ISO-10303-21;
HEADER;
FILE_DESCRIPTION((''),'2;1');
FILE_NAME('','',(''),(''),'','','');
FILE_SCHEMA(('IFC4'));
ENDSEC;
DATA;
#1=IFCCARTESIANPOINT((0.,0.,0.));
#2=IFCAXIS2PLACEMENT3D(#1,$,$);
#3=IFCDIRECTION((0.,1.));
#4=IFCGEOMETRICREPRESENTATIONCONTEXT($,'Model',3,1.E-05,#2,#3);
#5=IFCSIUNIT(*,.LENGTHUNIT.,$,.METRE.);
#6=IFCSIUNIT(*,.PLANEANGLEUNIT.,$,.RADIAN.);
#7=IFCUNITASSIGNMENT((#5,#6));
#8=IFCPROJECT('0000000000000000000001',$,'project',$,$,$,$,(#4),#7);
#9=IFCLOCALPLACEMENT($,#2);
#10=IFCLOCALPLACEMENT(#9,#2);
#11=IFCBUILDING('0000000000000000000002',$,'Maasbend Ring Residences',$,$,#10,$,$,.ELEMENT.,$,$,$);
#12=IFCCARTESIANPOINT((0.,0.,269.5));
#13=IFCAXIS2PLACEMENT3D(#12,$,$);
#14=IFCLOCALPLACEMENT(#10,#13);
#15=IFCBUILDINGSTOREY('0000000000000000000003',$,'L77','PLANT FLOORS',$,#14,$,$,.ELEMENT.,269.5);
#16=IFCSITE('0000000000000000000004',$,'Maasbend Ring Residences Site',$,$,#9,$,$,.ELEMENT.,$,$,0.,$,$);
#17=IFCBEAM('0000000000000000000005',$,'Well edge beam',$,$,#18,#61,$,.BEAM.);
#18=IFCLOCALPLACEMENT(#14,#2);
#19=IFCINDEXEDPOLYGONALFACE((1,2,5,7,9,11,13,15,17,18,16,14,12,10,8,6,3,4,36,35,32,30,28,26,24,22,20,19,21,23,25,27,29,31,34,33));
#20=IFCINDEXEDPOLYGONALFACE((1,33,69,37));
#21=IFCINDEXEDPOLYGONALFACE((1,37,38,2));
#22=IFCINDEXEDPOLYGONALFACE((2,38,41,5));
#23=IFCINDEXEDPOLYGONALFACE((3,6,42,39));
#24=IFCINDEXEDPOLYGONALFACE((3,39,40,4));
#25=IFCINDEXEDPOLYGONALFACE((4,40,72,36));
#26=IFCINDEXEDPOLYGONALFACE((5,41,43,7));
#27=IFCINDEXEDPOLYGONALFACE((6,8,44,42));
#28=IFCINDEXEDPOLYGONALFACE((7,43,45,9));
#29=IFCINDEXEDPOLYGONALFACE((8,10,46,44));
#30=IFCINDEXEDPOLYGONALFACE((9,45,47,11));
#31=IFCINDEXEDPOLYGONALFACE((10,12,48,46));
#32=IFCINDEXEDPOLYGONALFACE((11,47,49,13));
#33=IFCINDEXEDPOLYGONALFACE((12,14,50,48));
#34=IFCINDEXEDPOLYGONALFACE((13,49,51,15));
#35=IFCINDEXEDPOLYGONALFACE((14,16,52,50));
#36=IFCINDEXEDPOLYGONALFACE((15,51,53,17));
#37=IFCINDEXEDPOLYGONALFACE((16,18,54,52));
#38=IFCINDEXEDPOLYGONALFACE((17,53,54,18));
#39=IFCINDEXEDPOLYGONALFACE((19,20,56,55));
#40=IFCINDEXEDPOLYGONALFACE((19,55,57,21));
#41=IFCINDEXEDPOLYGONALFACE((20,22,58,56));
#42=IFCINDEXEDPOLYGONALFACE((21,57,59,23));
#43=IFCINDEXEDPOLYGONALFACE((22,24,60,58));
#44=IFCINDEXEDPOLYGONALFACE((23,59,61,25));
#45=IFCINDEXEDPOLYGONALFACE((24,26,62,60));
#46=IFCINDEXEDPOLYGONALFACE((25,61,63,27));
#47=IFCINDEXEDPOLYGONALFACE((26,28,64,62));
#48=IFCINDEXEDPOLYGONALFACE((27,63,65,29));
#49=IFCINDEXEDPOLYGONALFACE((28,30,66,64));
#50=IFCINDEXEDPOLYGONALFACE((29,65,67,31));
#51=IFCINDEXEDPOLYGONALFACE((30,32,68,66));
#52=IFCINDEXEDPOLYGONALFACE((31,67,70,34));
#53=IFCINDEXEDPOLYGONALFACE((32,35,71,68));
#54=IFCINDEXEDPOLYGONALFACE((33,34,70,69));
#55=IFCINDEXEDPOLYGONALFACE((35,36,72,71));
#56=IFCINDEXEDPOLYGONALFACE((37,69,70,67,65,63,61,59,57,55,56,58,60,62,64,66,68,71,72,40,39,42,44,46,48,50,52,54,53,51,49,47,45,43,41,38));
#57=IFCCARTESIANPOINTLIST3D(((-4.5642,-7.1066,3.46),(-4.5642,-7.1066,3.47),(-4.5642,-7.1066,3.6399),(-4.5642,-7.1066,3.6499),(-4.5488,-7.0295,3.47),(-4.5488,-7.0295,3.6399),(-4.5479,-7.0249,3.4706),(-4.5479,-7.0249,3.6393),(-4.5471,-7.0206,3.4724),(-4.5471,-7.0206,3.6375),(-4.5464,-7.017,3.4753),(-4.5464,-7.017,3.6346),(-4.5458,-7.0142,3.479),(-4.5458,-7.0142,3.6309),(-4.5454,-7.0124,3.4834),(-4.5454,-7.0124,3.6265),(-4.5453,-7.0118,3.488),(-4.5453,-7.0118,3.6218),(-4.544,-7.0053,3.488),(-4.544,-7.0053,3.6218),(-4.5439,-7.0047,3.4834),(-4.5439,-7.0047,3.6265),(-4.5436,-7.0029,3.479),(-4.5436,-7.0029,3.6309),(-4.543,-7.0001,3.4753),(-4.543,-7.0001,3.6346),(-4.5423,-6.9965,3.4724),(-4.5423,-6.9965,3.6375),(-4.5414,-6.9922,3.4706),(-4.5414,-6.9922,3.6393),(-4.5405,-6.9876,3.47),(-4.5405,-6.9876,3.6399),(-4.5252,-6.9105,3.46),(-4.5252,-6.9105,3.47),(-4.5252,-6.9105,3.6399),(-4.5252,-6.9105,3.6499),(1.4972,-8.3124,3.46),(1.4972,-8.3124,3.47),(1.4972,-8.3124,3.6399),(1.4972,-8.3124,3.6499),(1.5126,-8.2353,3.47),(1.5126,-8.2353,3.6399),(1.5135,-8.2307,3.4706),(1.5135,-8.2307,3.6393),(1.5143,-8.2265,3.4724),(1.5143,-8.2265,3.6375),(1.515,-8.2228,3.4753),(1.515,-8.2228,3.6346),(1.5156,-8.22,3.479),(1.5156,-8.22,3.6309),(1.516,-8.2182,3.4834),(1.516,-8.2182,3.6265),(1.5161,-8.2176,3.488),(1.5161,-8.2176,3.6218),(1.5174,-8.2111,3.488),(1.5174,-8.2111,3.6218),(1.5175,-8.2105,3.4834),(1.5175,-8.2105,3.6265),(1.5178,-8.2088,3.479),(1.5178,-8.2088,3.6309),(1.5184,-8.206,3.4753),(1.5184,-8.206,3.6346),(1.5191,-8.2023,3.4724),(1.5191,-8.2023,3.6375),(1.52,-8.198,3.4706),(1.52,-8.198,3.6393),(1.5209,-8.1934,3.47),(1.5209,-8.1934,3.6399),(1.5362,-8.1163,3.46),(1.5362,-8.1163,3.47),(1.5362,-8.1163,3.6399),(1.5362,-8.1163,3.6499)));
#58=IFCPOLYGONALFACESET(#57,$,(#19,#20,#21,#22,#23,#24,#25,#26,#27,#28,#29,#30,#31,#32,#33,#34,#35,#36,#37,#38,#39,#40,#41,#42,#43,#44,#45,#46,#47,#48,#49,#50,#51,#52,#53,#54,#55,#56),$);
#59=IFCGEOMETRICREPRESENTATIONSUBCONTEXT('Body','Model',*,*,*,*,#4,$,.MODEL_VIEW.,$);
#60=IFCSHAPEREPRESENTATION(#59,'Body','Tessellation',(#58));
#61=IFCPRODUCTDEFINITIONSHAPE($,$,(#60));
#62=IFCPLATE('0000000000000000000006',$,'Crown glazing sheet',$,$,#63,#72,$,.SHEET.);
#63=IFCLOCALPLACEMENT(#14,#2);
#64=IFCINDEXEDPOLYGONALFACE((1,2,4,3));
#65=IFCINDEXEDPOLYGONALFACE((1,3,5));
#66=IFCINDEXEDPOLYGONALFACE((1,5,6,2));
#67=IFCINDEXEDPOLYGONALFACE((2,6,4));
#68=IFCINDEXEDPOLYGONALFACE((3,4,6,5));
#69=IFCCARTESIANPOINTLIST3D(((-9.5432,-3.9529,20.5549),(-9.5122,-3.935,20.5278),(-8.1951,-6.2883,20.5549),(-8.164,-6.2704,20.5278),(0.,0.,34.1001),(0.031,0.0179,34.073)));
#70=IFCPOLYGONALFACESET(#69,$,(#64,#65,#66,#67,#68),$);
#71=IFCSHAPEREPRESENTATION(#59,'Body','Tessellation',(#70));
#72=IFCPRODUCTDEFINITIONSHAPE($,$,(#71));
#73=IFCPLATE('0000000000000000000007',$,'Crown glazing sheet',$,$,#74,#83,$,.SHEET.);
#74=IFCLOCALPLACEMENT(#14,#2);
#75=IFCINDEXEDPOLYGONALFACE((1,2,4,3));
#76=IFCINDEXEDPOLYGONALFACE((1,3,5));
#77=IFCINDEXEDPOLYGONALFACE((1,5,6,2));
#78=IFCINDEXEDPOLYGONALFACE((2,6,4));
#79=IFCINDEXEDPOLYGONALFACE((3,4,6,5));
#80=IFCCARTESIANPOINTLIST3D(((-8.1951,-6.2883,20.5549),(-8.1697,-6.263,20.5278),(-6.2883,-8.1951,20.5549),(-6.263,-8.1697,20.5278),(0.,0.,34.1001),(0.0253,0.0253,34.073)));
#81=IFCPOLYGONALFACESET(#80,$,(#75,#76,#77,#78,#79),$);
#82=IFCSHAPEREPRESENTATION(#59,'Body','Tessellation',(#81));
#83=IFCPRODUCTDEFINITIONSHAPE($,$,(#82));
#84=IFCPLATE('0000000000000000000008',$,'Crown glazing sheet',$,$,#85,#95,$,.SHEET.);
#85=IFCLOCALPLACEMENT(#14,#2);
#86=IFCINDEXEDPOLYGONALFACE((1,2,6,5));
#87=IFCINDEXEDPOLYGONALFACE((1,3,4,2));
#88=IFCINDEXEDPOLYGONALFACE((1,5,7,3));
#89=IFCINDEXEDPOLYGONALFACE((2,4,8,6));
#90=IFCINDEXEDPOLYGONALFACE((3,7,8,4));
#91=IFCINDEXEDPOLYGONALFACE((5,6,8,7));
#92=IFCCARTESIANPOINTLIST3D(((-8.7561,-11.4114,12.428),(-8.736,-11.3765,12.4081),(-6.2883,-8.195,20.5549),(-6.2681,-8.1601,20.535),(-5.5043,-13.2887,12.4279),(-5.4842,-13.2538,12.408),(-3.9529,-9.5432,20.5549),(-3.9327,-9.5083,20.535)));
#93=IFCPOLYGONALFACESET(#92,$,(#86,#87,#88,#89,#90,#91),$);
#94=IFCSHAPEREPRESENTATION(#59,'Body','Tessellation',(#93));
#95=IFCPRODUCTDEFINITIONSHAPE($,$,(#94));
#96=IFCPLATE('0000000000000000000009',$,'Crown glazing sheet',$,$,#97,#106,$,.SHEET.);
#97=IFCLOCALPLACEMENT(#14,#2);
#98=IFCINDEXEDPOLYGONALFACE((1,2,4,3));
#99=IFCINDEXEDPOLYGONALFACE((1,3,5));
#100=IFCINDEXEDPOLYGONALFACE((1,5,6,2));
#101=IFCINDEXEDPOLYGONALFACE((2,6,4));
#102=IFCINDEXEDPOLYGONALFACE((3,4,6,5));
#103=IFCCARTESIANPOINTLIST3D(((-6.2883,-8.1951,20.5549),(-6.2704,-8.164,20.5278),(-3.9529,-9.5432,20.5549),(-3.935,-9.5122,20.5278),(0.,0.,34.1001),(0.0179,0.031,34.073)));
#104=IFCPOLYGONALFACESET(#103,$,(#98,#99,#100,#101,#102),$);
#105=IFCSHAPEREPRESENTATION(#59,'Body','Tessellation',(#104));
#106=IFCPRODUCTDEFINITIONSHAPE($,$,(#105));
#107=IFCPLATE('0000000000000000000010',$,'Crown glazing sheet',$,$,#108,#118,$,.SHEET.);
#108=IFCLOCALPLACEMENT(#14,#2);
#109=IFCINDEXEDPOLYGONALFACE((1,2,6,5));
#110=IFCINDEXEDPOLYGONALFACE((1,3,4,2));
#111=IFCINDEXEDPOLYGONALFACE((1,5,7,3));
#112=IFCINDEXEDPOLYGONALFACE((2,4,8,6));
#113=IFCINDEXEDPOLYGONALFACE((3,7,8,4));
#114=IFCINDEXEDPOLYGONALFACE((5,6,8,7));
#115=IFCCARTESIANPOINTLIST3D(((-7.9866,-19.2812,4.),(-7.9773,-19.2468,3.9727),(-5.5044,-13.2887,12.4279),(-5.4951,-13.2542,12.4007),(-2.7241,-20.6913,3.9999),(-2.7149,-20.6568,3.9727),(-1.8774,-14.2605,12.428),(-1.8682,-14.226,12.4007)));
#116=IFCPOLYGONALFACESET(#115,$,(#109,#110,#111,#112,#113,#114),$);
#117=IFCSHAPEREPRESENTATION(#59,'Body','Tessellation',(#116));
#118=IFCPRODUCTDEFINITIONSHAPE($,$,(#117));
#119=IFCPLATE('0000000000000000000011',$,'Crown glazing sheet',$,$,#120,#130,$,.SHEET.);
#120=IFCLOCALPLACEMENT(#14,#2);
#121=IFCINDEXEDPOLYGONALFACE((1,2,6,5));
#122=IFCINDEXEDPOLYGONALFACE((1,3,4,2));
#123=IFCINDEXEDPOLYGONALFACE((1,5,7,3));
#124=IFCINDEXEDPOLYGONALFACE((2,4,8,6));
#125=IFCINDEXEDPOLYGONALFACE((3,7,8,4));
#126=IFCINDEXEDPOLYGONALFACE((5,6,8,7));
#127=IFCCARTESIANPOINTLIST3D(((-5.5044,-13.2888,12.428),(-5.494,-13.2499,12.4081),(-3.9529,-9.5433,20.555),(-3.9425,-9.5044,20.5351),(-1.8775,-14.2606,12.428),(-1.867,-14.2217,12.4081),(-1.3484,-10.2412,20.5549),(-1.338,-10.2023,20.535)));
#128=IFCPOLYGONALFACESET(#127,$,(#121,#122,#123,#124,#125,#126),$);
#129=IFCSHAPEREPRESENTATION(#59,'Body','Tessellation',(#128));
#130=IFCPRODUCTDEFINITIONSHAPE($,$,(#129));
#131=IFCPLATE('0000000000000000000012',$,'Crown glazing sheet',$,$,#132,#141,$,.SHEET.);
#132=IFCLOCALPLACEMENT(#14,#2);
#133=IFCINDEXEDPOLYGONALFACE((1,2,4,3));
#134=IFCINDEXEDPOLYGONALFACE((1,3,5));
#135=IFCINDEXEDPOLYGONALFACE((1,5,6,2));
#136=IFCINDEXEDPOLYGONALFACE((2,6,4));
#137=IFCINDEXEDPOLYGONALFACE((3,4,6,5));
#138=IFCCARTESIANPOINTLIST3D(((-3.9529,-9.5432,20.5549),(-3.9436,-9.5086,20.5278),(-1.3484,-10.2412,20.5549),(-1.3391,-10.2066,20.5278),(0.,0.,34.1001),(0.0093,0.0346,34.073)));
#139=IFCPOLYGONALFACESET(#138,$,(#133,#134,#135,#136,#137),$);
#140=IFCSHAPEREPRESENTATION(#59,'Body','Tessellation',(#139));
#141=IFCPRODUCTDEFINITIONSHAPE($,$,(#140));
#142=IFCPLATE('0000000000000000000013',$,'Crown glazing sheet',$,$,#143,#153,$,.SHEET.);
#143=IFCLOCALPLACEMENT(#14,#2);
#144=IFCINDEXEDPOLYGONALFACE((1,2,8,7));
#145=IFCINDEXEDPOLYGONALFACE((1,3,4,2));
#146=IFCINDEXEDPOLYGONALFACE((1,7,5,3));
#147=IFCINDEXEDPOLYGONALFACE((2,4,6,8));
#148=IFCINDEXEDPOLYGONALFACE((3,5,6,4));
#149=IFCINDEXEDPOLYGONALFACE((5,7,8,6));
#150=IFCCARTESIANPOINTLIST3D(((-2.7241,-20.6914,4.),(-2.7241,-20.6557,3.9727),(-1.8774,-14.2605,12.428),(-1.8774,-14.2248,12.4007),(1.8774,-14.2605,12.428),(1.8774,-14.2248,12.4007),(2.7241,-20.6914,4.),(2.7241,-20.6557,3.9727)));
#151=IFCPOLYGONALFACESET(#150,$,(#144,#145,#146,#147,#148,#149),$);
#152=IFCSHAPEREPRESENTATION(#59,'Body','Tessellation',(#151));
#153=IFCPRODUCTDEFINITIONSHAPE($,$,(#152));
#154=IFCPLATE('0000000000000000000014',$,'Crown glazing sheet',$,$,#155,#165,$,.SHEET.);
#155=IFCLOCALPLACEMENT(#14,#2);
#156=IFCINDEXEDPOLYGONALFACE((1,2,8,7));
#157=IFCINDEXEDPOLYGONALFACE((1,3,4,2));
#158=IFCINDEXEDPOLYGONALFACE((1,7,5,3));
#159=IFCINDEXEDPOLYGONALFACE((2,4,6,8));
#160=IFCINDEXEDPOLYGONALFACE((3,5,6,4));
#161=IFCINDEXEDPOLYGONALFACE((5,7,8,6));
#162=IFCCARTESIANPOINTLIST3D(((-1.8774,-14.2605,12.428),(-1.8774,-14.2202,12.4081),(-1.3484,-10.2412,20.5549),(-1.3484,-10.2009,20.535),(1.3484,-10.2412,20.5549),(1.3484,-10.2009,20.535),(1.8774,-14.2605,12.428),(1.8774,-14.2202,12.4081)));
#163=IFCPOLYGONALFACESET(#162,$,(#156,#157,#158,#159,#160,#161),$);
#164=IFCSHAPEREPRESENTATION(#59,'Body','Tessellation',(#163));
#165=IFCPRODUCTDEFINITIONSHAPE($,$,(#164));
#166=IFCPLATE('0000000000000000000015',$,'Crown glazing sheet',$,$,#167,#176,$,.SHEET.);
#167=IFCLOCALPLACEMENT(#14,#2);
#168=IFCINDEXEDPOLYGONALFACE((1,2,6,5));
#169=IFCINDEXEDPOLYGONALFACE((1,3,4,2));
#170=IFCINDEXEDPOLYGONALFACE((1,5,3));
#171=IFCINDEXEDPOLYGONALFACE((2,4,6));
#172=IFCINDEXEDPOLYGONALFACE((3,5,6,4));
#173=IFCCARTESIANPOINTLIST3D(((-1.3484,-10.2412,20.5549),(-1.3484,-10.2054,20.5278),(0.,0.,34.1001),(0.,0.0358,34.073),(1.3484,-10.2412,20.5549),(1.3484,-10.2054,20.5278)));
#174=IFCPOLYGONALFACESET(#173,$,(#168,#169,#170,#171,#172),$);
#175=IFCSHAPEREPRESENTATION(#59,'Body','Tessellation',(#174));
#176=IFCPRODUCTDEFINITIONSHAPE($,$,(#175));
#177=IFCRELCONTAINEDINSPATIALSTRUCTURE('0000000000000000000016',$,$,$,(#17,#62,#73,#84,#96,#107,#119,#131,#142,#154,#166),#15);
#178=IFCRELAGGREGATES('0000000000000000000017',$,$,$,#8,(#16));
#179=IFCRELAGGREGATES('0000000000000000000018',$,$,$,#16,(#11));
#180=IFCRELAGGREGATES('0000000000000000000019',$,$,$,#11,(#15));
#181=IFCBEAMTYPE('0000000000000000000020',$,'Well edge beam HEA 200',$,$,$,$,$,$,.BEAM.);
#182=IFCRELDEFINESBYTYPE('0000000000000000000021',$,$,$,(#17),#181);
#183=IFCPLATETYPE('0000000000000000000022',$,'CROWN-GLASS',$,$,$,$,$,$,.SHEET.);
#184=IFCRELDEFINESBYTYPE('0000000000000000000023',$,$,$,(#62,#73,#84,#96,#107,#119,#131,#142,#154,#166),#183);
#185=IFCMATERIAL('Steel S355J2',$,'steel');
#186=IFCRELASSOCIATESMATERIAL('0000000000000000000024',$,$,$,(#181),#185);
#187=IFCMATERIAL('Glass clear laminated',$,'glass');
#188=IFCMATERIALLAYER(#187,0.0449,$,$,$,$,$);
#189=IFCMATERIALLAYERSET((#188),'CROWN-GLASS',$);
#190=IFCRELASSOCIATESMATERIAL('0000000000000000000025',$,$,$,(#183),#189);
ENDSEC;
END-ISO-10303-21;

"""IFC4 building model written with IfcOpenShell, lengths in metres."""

from ifc_helpers import new_model, si_unit, direction, frame, origin, origin_2d, place, context, subcontext, project, spatial, polyline, i_section, outline, extrude, material, layer, layer_set, material_profile, profile_set, type_object, element, save


model = new_model("IFC4")

# Units and contexts
model_context = context("Model", 3, precision=1e-05, world=origin(), true_north=direction((0.0, 1.0)))
body_context = subcontext(model_context, "Body", "Model", "MODEL_VIEW")
ifc_project = project(units=[si_unit("LENGTHUNIT", "METRE"), si_unit("PLANEANGLEUNIT", "RADIAN")], contexts=[model_context])

# Site, building, storey
site_placement = place(None, origin())
site = spatial("IfcSite", under=ifc_project, at=site_placement, Name="Maasbend Ring Residences Site", CompositionType="ELEMENT", RefElevation=0.0)
building_placement = place(site_placement, origin())
building = spatial("IfcBuilding", under=site, at=building_placement, Name="Maasbend Ring Residences", CompositionType="ELEMENT")
storey_placement = place(building_placement, frame((0.0, 0.0, 269.5)))
storey = spatial("IfcBuildingStorey", under=building, at=storey_placement, Name="L77", Description="PLANT FLOORS", CompositionType="ELEMENT", Elevation=269.5)

# Beam
ifc_material_1 = material(Name="Steel S355J2", Category="steel")
ifc_material_profile_1 = material_profile(ifc_material_1, i_section(OverallWidth=0.2, OverallDepth=0.1899, WebThickness=0.0066, FlangeThickness=0.01, FilletRadius=0.0181, at=origin_2d()), Name="HEA 200")
ifc_profile_set_1 = profile_set([ifc_material_profile_1], Name="Steel S355J2")
beam_type_1 = type_object("IfcBeamType", Name="Well edge beam HEA 200", PredefinedType="BEAM", material=ifc_profile_set_1)
for number, where, z_axis, x_axis, name in (
    (1, (-4.5447, -7.0085, 3.5549), (0.980781, -0.195113, 0.0), (0.195113, 0.980781, 0.0), "Well edge beam"),
):
    element("IfcBeam", number, at=place(storey_placement, frame(where, z_axis=z_axis, x_axis=x_axis)), inside=storey, type_object=beam_type_1, Name=name, PredefinedType="BEAM", context=body_context, shape_type="SweptSolid", body=[
        extrude(i_section(OverallWidth=0.2, OverallDepth=0.1899, WebThickness=0.0066, FlangeThickness=0.01, FilletRadius=0.0181, at=origin_2d()), origin(), (0.0, 0.0, 1.0), 6.1802),
    ])

# Plates
ifc_material_2 = material(Name="Glass clear laminated", Category="glass")
ifc_layer = layer(ifc_material_2, 0.0449)
ifc_layer_set = layer_set([ifc_layer], Name="CROWN-GLASS")
plate_type = type_object("IfcPlateType", Name="CROWN-GLASS", PredefinedType="SHEET", material=ifc_layer_set)
plate_1_placement = place(storey_placement, frame((-9.5432, -3.9529, 20.5549), z_axis=(-0.690829, -0.398783, 0.603098), x_axis=(0.499937, -0.866062, 0.0)))
element("IfcPlate", 2, at=plate_1_placement, inside=storey, type_object=plate_type, Name="Crown glazing sheet", PredefinedType="SHEET", context=body_context, shape_type="SweptSolid", body=[
    extrude(outline(polyline([(0.0, 0.0), (2.6966, 0.0), (1.3476, 16.981), (0.0, 0.0)])), origin(), (0.0, 0.0, -1.0), 0.0449),
])
plate_2_placement = place(storey_placement, frame((-8.1951, -6.2883, 20.5549), z_axis=(-0.564033, -0.564033, 0.603102), x_axis=(0.707107, -0.707107, 0.0)))
element("IfcPlate", 3, at=plate_2_placement, inside=storey, type_object=plate_type, Name="Crown glazing sheet", PredefinedType="SHEET", context=body_context, shape_type="SweptSolid", body=[
    extrude(outline(polyline([(0.0, 0.0), (2.6965, 0.0), (1.3483, 16.981), (0.0, 0.0)])), origin(), (0.0, 0.0, -1.0), 0.0449),
])
plate_3_placement = place(storey_placement, frame((-8.7561, -11.4114, 12.428), z_axis=(-0.448164, -0.776282, 0.443322), x_axis=(0.866033, -0.499988, -0.000015)))
element("IfcPlate", 4, at=plate_3_placement, inside=storey, type_object=plate_type, Name="Crown glazing sheet", PredefinedType="SHEET", context=body_context, shape_type="SweptSolid", body=[
    extrude(outline(polyline([(0.0, 0.0), (3.7548, 0.0), (3.2256, 9.0666), (0.5289, 9.0665), (0.0, 0.0)])), origin(), (0.0, 0.0, -1.0), 0.0449),
])
plate_4_placement = place(storey_placement, frame((-6.2883, -8.1951, 20.5549), z_axis=(-0.398783, -0.690829, 0.603098), x_axis=(0.866062, -0.499937, 0.0)))
element("IfcPlate", 5, at=plate_4_placement, inside=storey, type_object=plate_type, Name="Crown glazing sheet", PredefinedType="SHEET", context=body_context, shape_type="SweptSolid", body=[
    extrude(outline(polyline([(0.0, 0.0), (2.6966, 0.0), (1.3491, 16.981), (0.0, 0.0)])), origin(), (0.0, 0.0, -1.0), 0.0449),
])
plate_5_placement = place(storey_placement, frame((-7.9866, -19.2812, 4.0), z_axis=(-0.205755, -0.767913, 0.606609), x_axis=(0.965926, -0.25882, -0.000011)))
element("IfcPlate", 6, at=plate_5_placement, inside=storey, type_object=plate_type, Name="Crown glazing sheet", PredefinedType="SHEET", context=body_context, shape_type="SweptSolid", body=[
    extrude(outline(polyline([(0.0, 0.0), (5.4481, 0.0), (4.6014, 10.6013), (0.8465, 10.6012), (0.0, 0.0)])), origin(), (0.0, 0.0, -1.0), 0.0449),
])
plate_6_placement = place(storey_placement, frame((-5.5044, -13.2888, 12.428), z_axis=(-0.231992, -0.865822, 0.44332), x_axis=(0.965929, -0.258807, 0.000014)))
element("IfcPlate", 7, at=plate_6_placement, inside=storey, type_object=plate_type, Name="Crown glazing sheet", PredefinedType="SHEET", context=body_context, shape_type="SweptSolid", body=[
    extrude(outline(polyline([(0.0, 0.0), (3.7549, 0.0), (3.2258, 9.0665), (0.5294, 9.0666), (0.0, 0.0)])), origin(), (0.0, 0.0, -1.0), 0.0449),
])
plate_7_placement = place(storey_placement, frame((-3.9529, -9.5432, 20.5549), z_axis=(-0.206486, -0.770478, 0.603097), x_axis=(0.965914, -0.258863, 0.0)))
element("IfcPlate", 8, at=plate_7_placement, inside=storey, type_object=plate_type, Name="Crown glazing sheet", PredefinedType="SHEET", context=body_context, shape_type="SweptSolid", body=[
    extrude(outline(polyline([(0.0, 0.0), (2.6964, 0.0), (1.3478, 16.981), (0.0, 0.0)])), origin(), (0.0, 0.0, -1.0), 0.0449),
])
plate_8_placement = place(storey_placement, frame((-2.7241, -20.6914, 4.0), z_axis=(0.0, -0.794995, 0.606615), x_axis=(1.0, 0.0, 0.0)))
element("IfcPlate", 9, at=plate_8_placement, inside=storey, type_object=plate_type, Name="Crown glazing sheet", PredefinedType="SHEET", context=body_context, shape_type="SweptSolid", body=[
    extrude(outline(polyline([(0.0, 0.0), (5.4482, 0.0), (4.6016, 10.6013), (0.8467, 10.6013), (0.0, 0.0)])), origin(), (0.0, 0.0, -1.0), 0.0449),
])
plate_9_placement = place(storey_placement, frame((-1.8774, -14.2605, 12.428), z_axis=(0.0, -0.896368, 0.44331), x_axis=(1.0, 0.0, 0.0)))
element("IfcPlate", 10, at=plate_9_placement, inside=storey, type_object=plate_type, Name="Crown glazing sheet", PredefinedType="SHEET", context=body_context, shape_type="SweptSolid", body=[
    extrude(outline(polyline([(0.0, 0.0), (3.7549, 0.0), (3.2258, 9.0665), (0.5291, 9.0665), (0.0, 0.0)])), origin(), (0.0, 0.0, -1.0), 0.0449),
])
plate_10_placement = place(storey_placement, frame((-1.3484, -10.2412, 20.5549), z_axis=(0.0, -0.797667, 0.603099), x_axis=(1.0, 0.0, 0.0)))
element("IfcPlate", 11, at=plate_10_placement, inside=storey, type_object=plate_type, Name="Crown glazing sheet", PredefinedType="SHEET", context=body_context, shape_type="SweptSolid", body=[
    extrude(outline(polyline([(0.0, 0.0), (2.6968, 0.0), (1.3484, 16.981), (0.0, 0.0)])), origin(), (0.0, 0.0, -1.0), 0.0449),
])

save(model, "model.ifc")
